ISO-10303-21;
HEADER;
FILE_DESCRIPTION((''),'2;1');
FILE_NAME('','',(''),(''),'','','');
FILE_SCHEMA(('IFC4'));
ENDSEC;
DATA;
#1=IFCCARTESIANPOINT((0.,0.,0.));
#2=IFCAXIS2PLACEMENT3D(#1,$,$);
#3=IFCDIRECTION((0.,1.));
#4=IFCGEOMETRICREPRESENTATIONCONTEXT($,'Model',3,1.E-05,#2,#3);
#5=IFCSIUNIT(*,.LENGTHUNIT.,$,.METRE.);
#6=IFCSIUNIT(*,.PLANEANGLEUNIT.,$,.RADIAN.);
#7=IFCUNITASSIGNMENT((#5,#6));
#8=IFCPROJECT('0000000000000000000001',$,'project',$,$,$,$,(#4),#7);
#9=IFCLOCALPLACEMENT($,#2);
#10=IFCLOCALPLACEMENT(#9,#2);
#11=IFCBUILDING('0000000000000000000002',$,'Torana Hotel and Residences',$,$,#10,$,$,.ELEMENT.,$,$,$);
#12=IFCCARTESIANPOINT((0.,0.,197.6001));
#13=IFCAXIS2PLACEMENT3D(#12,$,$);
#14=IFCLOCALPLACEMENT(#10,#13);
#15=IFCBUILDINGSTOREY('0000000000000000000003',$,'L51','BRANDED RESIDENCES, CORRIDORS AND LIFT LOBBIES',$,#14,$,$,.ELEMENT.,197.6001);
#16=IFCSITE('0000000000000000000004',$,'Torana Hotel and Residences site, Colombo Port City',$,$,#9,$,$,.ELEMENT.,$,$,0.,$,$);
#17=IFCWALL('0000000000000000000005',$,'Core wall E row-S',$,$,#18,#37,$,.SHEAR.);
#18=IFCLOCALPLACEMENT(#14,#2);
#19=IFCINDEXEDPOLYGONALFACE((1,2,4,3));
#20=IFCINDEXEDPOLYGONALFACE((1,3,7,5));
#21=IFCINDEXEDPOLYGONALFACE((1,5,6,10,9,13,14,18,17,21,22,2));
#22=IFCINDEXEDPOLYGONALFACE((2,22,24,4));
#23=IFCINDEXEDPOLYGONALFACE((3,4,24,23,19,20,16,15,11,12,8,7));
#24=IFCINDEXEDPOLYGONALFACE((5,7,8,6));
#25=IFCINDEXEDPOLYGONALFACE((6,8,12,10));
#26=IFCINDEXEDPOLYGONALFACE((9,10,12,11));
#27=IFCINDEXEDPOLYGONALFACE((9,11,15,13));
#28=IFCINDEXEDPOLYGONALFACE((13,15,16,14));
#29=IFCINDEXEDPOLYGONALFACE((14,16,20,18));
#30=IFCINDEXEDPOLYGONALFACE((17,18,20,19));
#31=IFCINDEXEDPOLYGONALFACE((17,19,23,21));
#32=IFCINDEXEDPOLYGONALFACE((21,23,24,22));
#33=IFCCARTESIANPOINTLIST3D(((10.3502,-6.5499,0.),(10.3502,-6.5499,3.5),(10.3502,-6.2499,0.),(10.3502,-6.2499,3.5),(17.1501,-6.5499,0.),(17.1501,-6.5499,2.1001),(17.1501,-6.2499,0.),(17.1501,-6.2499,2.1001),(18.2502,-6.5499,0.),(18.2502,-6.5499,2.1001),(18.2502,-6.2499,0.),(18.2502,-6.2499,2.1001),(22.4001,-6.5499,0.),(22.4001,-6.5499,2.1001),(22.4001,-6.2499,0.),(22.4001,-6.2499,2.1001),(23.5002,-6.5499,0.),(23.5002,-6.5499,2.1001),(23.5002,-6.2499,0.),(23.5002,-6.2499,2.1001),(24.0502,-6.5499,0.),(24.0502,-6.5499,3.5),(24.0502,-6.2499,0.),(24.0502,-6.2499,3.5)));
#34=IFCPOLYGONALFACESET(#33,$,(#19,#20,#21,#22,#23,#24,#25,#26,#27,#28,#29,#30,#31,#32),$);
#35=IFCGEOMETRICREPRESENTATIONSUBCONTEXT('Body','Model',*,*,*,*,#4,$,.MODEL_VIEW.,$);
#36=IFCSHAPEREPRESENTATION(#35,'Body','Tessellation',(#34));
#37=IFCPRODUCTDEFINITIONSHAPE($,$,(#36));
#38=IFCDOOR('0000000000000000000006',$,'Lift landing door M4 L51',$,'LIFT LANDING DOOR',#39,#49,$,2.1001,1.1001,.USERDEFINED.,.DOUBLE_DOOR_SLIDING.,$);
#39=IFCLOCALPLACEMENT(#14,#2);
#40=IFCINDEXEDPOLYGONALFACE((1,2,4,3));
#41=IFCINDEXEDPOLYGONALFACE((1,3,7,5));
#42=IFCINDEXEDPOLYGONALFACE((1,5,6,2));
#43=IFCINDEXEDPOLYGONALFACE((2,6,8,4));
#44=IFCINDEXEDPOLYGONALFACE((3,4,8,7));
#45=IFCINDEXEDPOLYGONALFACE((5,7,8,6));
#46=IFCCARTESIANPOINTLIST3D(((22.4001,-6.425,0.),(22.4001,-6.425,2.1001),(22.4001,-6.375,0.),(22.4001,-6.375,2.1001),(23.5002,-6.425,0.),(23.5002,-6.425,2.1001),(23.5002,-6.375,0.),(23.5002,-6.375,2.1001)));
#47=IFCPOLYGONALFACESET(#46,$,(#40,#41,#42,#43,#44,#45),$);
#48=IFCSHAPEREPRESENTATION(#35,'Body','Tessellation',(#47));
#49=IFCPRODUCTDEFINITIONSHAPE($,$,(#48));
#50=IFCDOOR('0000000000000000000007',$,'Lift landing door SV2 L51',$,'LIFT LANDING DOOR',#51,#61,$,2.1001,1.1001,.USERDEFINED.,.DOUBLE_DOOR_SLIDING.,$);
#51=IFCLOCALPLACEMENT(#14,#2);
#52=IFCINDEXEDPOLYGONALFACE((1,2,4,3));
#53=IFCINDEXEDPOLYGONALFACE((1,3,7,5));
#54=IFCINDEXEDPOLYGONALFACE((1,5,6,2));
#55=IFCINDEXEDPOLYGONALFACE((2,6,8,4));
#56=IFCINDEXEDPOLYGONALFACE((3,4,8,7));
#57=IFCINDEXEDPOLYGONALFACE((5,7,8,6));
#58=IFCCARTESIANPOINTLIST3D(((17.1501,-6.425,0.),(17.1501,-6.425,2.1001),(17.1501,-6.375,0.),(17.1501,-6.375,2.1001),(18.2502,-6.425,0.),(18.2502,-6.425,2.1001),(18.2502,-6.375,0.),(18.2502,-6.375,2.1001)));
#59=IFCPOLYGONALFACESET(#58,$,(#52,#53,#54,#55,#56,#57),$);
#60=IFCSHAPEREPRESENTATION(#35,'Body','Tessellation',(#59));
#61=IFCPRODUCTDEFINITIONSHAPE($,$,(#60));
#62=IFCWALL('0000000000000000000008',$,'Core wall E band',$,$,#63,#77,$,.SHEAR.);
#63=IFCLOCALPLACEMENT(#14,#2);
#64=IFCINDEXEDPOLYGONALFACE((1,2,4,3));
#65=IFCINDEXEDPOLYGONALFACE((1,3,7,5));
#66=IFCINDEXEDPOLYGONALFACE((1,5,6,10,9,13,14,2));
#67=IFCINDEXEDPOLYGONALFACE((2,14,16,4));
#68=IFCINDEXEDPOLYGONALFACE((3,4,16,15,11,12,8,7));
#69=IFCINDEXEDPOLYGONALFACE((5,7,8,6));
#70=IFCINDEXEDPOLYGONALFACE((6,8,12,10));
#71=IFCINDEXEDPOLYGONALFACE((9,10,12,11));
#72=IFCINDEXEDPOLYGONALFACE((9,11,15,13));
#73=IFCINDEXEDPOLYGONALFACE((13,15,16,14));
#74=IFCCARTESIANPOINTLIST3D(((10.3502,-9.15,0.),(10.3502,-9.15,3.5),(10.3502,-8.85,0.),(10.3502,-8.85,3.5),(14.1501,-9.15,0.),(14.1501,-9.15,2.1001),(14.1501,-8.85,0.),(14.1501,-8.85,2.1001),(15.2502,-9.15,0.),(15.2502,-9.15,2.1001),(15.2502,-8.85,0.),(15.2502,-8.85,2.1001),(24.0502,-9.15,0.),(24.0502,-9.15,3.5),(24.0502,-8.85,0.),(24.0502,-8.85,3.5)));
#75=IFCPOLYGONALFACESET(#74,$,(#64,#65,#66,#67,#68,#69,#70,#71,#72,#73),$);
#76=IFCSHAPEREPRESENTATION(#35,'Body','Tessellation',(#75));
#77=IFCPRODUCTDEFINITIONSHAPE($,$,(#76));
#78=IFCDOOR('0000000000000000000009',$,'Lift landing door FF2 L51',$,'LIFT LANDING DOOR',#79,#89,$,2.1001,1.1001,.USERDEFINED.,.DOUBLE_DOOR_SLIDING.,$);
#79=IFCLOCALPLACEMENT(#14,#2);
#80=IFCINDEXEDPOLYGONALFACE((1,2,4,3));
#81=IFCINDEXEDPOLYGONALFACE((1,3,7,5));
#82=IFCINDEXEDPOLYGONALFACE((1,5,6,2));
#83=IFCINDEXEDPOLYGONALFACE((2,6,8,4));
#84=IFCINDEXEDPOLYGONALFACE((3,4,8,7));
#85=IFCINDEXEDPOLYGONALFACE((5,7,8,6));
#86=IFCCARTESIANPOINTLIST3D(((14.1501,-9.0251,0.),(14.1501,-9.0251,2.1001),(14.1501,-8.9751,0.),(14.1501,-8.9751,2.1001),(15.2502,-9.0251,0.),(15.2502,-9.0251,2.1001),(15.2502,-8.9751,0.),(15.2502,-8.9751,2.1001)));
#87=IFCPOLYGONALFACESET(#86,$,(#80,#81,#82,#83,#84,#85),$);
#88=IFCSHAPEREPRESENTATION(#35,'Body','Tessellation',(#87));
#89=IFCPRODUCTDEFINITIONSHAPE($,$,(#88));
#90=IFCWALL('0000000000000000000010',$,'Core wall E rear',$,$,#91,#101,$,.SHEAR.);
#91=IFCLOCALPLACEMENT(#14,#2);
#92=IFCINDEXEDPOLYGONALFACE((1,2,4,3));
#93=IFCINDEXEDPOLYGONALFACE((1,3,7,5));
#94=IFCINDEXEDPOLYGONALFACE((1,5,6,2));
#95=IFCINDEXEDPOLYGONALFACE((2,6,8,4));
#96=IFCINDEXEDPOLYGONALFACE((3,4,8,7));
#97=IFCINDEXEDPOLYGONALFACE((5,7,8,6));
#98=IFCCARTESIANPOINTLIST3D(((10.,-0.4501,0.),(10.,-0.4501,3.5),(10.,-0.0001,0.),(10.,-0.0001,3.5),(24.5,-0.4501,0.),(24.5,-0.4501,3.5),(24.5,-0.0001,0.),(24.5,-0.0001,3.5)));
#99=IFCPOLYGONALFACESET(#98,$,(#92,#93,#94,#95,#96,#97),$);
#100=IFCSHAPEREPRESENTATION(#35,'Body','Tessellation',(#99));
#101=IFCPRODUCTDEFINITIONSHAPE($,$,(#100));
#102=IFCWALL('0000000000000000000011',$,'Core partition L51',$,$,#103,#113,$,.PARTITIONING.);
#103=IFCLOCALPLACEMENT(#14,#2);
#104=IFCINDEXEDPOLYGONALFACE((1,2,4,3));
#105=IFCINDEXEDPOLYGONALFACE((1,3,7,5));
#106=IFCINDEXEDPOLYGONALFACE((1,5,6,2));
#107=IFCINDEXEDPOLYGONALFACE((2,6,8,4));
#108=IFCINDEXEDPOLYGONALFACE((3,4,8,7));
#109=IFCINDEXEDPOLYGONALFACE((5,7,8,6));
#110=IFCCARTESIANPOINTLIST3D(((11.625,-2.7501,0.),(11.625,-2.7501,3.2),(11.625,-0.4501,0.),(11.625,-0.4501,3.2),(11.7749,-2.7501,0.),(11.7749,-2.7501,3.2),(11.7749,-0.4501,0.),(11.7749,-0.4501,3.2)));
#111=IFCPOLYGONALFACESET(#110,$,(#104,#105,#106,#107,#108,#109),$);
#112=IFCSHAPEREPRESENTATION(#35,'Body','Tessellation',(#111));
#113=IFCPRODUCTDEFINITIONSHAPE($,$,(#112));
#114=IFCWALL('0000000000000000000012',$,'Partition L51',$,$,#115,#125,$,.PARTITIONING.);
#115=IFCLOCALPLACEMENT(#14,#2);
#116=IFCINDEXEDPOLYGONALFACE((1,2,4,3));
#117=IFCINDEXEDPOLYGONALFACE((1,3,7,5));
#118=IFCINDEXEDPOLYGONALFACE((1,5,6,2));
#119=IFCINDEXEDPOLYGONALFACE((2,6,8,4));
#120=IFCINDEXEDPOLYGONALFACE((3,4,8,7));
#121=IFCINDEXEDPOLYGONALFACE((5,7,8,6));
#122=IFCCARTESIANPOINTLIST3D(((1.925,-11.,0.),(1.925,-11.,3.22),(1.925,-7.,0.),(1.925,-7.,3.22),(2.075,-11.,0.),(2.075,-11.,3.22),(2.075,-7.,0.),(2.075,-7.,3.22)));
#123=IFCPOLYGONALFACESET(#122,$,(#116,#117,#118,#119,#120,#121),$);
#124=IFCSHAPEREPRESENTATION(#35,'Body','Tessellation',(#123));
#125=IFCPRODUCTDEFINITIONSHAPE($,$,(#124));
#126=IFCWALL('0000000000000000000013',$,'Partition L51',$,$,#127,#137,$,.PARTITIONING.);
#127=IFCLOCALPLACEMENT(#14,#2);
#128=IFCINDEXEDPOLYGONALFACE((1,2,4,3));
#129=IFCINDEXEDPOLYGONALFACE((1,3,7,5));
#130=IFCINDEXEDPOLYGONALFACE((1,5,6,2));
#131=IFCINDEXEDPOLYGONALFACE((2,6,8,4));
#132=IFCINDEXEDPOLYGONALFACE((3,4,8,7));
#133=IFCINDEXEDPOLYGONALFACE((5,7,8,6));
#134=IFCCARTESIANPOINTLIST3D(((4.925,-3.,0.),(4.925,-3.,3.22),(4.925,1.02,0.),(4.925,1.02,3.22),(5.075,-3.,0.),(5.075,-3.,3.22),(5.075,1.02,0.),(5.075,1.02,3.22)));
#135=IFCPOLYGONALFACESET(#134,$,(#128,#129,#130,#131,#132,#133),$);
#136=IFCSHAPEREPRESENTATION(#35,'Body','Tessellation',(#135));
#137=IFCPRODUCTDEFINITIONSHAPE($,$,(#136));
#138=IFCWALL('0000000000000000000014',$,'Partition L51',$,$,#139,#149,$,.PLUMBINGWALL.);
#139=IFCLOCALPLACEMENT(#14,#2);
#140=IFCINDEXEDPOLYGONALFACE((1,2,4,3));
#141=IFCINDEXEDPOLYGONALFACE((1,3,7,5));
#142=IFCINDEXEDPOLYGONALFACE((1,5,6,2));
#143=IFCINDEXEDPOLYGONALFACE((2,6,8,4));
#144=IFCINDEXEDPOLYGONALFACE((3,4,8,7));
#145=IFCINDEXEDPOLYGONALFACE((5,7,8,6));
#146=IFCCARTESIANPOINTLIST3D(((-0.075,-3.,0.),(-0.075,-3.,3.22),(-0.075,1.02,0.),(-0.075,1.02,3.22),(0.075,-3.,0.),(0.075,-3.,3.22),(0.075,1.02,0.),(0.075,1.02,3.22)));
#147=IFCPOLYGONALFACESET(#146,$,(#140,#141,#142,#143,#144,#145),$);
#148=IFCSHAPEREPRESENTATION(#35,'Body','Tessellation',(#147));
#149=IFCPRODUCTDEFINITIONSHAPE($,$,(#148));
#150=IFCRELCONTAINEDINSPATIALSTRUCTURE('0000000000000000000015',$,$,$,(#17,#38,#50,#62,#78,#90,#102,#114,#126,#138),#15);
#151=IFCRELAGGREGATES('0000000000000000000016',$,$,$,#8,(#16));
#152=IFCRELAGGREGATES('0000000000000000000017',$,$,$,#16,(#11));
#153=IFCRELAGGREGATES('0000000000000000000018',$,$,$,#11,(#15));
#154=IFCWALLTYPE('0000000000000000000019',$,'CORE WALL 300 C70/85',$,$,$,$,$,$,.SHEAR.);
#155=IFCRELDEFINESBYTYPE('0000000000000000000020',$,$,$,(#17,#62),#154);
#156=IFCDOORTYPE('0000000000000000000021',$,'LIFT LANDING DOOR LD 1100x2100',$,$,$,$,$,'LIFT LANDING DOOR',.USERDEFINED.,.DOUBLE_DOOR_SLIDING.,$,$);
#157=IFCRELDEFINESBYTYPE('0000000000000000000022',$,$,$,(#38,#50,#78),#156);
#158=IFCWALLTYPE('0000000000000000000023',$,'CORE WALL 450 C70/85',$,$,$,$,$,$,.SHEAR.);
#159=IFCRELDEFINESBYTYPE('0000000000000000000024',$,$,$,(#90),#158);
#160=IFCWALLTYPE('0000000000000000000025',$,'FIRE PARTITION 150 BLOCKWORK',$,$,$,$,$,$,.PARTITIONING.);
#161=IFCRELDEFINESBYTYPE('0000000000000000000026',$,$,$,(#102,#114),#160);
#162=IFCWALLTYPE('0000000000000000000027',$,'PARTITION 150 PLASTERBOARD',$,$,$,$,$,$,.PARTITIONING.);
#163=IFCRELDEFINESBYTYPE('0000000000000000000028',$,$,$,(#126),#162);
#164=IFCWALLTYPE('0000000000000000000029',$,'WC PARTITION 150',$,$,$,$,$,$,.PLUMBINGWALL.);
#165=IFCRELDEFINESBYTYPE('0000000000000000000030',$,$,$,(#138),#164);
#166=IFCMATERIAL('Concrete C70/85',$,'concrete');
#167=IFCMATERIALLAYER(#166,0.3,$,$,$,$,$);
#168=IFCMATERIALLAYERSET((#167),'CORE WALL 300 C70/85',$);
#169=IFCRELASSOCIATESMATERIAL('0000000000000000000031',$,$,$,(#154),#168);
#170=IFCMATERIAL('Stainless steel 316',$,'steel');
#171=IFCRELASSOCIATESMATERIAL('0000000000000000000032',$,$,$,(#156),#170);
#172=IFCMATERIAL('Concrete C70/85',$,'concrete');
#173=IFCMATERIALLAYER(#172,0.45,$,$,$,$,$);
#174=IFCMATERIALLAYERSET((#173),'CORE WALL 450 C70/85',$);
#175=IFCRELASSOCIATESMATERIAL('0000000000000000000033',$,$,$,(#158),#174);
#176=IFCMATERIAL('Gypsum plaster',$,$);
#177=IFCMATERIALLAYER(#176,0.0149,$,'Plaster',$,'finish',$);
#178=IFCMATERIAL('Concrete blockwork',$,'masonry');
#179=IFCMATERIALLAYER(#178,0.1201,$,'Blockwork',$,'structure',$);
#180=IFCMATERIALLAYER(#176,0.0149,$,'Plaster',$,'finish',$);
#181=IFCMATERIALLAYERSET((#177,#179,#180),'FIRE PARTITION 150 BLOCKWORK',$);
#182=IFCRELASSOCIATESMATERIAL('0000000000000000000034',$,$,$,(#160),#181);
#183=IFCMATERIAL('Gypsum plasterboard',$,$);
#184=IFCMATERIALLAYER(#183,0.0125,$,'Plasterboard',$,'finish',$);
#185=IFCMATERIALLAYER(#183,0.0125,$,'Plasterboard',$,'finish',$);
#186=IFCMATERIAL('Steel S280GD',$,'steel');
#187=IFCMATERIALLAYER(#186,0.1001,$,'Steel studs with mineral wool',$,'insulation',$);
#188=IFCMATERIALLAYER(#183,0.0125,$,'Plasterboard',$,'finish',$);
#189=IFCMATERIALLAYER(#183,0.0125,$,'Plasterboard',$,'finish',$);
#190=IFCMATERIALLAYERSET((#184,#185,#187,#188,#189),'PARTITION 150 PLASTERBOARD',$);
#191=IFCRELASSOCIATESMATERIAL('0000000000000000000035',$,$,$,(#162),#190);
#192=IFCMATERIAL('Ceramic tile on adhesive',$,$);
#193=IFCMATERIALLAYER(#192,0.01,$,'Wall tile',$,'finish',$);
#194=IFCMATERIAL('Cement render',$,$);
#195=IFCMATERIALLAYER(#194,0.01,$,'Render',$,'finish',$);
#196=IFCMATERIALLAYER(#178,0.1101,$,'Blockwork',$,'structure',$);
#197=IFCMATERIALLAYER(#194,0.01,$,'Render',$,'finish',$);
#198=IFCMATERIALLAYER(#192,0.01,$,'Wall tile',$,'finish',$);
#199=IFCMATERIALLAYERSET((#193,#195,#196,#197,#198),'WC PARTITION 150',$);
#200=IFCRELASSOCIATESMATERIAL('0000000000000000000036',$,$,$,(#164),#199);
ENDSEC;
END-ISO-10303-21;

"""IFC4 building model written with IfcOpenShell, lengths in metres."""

from ifc_helpers import new_model, si_unit, direction, frame, frame_2d, origin, place, context, subcontext, project, spatial, rectangle, extrude, material, layer, layer_set, type_object, element, fill, save


model = new_model("IFC4")

# Units and contexts
model_context = context("Model", 3, precision=1e-05, world=origin(), true_north=direction((0.0, 1.0)))
body_context = subcontext(model_context, "Body", "Model", "MODEL_VIEW")
ifc_project = project(units=[si_unit("LENGTHUNIT", "METRE"), si_unit("PLANEANGLEUNIT", "RADIAN")], contexts=[model_context])

# Site, building, storey
site_placement = place(None, origin())
site = spatial("IfcSite", under=ifc_project, at=site_placement, Name="Torana Hotel and Residences site, Colombo Port City", CompositionType="ELEMENT", RefElevation=0.0)
building_placement = place(site_placement, origin())
building = spatial("IfcBuilding", under=site, at=building_placement, Name="Torana Hotel and Residences", CompositionType="ELEMENT")
storey_placement = place(building_placement, frame((0.0, 0.0, 197.6001)))
storey = spatial("IfcBuildingStorey", under=building, at=storey_placement, Name="L51", Description="BRANDED RESIDENCES, CORRIDORS AND LIFT LOBBIES", CompositionType="ELEMENT", Elevation=197.6001)

# Wall, openings, doors
ifc_material_1 = material(Name="Concrete C70/85", Category="concrete")
ifc_layer_1 = layer(ifc_material_1, 0.3)
ifc_layer_set_1 = layer_set([ifc_layer_1], Name="CORE WALL 300 C70/85")
wall_type_1 = type_object("IfcWallType", Name="CORE WALL 300 C70/85", PredefinedType="SHEAR", material=ifc_layer_set_1)
ifc_material_2 = material(Name="Stainless steel 316", Category="steel")
door_type_1 = type_object("IfcDoorType", Name="LIFT LANDING DOOR LD 1100x2100", ElementType="LIFT LANDING DOOR", OperationType="DOUBLE_DOOR_SLIDING", PredefinedType="USERDEFINED", material=ifc_material_2)
wall_1_placement = place(storey_placement, frame((10.3501, -6.3999, 0.0), z_axis=(0.0, 0.0, 1.0), x_axis=(1.0, 0.0, 0.0)))
wall_1 = element("IfcWall", 1, at=wall_1_placement, inside=storey, type_object=wall_type_1, Name="Core wall E row-S", PredefinedType="SHEAR", context=body_context, shape_type="SweptSolid", body=[
    extrude(rectangle(XDim=13.7, YDim=0.3, at=frame_2d((6.8501, 0.0))), origin(), (0.0, 0.0, 1.0), 3.5),
])
opening_1_placement = place(wall_1_placement, frame((12.05, 0.0, 0.0)))
opening_1 = element("IfcOpeningElement", 2, at=opening_1_placement, cuts=wall_1, PredefinedType="OPENING", context=body_context, shape_type="SweptSolid", body=[
    extrude(rectangle(XDim=1.1001, YDim=2.1001, at=frame_2d((0.55, 1.05))), frame((0.0, 0.1599, 0.0), z_axis=(0.0, -1.0, 0.0), x_axis=(1.0, 0.0, 0.0)), (0.0, 0.0, 1.0), 0.3201),
])
opening_2_placement = place(wall_1_placement, frame((6.8, 0.0, 0.0)))
opening_2 = element("IfcOpeningElement", 3, at=opening_2_placement, cuts=wall_1, PredefinedType="OPENING", context=body_context, shape_type="SweptSolid", body=[
    extrude(rectangle(XDim=1.1001, YDim=2.1001, at=frame_2d((0.55, 1.05))), frame((0.0, 0.1599, 0.0), z_axis=(0.0, -1.0, 0.0), x_axis=(1.0, 0.0, 0.0)), (0.0, 0.0, 1.0), 0.3201),
])
door_1_placement = place(opening_1_placement, origin())
door_1 = element("IfcDoor", 4, at=door_1_placement, inside=storey, type_object=door_type_1, Name="Lift landing door M4 L51", ObjectType="LIFT LANDING DOOR", OperationType="DOUBLE_DOOR_SLIDING", OverallHeight=2.1001, OverallWidth=1.1001, PredefinedType="USERDEFINED", context=body_context, shape_type="SweptSolid", body=[
    extrude(rectangle(XDim=1.1001, YDim=2.1001, at=frame_2d((0.55, 1.05))), frame((0.0, 0.0249, 0.0), z_axis=(0.0, -1.0, 0.0), x_axis=(1.0, 0.0, 0.0)), (0.0, 0.0, 1.0), 0.05),
])
fill(opening_1, door_1)
door_2_placement = place(opening_2_placement, origin())
door_2 = element("IfcDoor", 5, at=door_2_placement, inside=storey, type_object=door_type_1, Name="Lift landing door SV2 L51", ObjectType="LIFT LANDING DOOR", OperationType="DOUBLE_DOOR_SLIDING", OverallHeight=2.1001, OverallWidth=1.1001, PredefinedType="USERDEFINED", context=body_context, shape_type="SweptSolid", body=[
    extrude(rectangle(XDim=1.1001, YDim=2.1001, at=frame_2d((0.55, 1.05))), frame((0.0, 0.0249, 0.0), z_axis=(0.0, -1.0, 0.0), x_axis=(1.0, 0.0, 0.0)), (0.0, 0.0, 1.0), 0.05),
])
fill(opening_2, door_2)

# Wall, opening, door
wall_2_placement = place(storey_placement, frame((10.3501, -9.0, 0.0), z_axis=(0.0, 0.0, 1.0), x_axis=(1.0, 0.0, 0.0)))
wall_2 = element("IfcWall", 6, at=wall_2_placement, inside=storey, type_object=wall_type_1, Name="Core wall E band", PredefinedType="SHEAR", context=body_context, shape_type="SweptSolid", body=[
    extrude(rectangle(XDim=13.7, YDim=0.3, at=frame_2d((6.8501, 0.0))), origin(), (0.0, 0.0, 1.0), 3.5),
])
opening_3_placement = place(wall_2_placement, frame((3.8, 0.0, 0.0)))
opening_3 = element("IfcOpeningElement", 7, at=opening_3_placement, cuts=wall_2, PredefinedType="OPENING", context=body_context, shape_type="SweptSolid", body=[
    extrude(rectangle(XDim=1.1001, YDim=2.1001, at=frame_2d((0.55, 1.05))), frame((0.0, 0.1599, 0.0), z_axis=(0.0, -1.0, 0.0), x_axis=(1.0, 0.0, 0.0)), (0.0, 0.0, 1.0), 0.3201),
])
door_3_placement = place(opening_3_placement, origin())
door_3 = element("IfcDoor", 8, at=door_3_placement, inside=storey, type_object=door_type_1, Name="Lift landing door FF2 L51", ObjectType="LIFT LANDING DOOR", OperationType="DOUBLE_DOOR_SLIDING", OverallHeight=2.1001, OverallWidth=1.1001, PredefinedType="USERDEFINED", context=body_context, shape_type="SweptSolid", body=[
    extrude(rectangle(XDim=1.1001, YDim=2.1001, at=frame_2d((0.55, 1.05))), frame((0.0, 0.0249, 0.0), z_axis=(0.0, -1.0, 0.0), x_axis=(1.0, 0.0, 0.0)), (0.0, 0.0, 1.0), 0.05),
])
fill(opening_3, door_3)

# Walls
ifc_material_3 = material(Name="Concrete C70/85", Category="concrete")
ifc_layer_2 = layer(ifc_material_3, 0.45)
ifc_layer_set_2 = layer_set([ifc_layer_2], Name="CORE WALL 450 C70/85")
wall_type_2 = type_object("IfcWallType", Name="CORE WALL 450 C70/85", PredefinedType="SHEAR", material=ifc_layer_set_2)
wall_3_placement = place(storey_placement, frame((10.0, -0.2251, 0.0), z_axis=(0.0, 0.0, 1.0), x_axis=(1.0, 0.0, 0.0)))
element("IfcWall", 9, at=wall_3_placement, inside=storey, type_object=wall_type_2, Name="Core wall E rear", PredefinedType="SHEAR", context=body_context, shape_type="SweptSolid", body=[
    extrude(rectangle(XDim=14.5, YDim=0.45, at=frame_2d((7.25, 0.0))), origin(), (0.0, 0.0, 1.0), 3.5),
])
ifc_material_4 = material(Name="Gypsum plaster")
ifc_layer_3 = layer(ifc_material_4, 0.0149, Name="Plaster", Category="finish")
ifc_material_5 = material(Name="Concrete blockwork", Category="masonry")
ifc_layer_4 = layer(ifc_material_5, 0.1201, Name="Blockwork", Category="structure")
ifc_layer_5 = layer(ifc_material_4, 0.0149, Name="Plaster", Category="finish")
ifc_layer_set_3 = layer_set([ifc_layer_3, ifc_layer_4, ifc_layer_5], Name="FIRE PARTITION 150 BLOCKWORK")
wall_type_3 = type_object("IfcWallType", Name="FIRE PARTITION 150 BLOCKWORK", PredefinedType="PARTITIONING", material=ifc_layer_set_3)
wall_4_placement = place(storey_placement, frame((11.7, -2.75, 0.0), z_axis=(0.0, 0.0, 1.0), x_axis=(0.0, 1.0, 0.0)))
element("IfcWall", 10, at=wall_4_placement, inside=storey, type_object=wall_type_3, Name="Core partition L51", PredefinedType="PARTITIONING", context=body_context, shape_type="SweptSolid", body=[
    extrude(rectangle(XDim=2.3, YDim=0.1499, at=frame_2d((1.1499, 0.0))), origin(), (0.0, 0.0, 1.0), 3.2),
])
wall_5_placement = place(storey_placement, frame((2.0, -11.0, 0.0), z_axis=(0.0, 0.0, 1.0), x_axis=(0.0, 1.0, 0.0)))
element("IfcWall", 11, at=wall_5_placement, inside=storey, type_object=wall_type_3, Name="Partition L51", PredefinedType="PARTITIONING", context=body_context, shape_type="SweptSolid", body=[
    extrude(rectangle(XDim=4.0, YDim=0.1499, at=frame_2d((2.0, 0.0))), origin(), (0.0, 0.0, 1.0), 3.22),
])
ifc_material_6 = material(Name="Gypsum plasterboard")
ifc_layer_6 = layer(ifc_material_6, 0.0125, Name="Plasterboard", Category="finish")
ifc_layer_7 = layer(ifc_material_6, 0.0125, Name="Plasterboard", Category="finish")
ifc_material_7 = material(Name="Steel S280GD", Category="steel")
ifc_layer_8 = layer(ifc_material_7, 0.1001, Name="Steel studs with mineral wool", Category="insulation")
ifc_layer_9 = layer(ifc_material_6, 0.0125, Name="Plasterboard", Category="finish")
ifc_layer_10 = layer(ifc_material_6, 0.0125, Name="Plasterboard", Category="finish")
ifc_layer_set_4 = layer_set([ifc_layer_6, ifc_layer_7, ifc_layer_8, ifc_layer_9, ifc_layer_10], Name="PARTITION 150 PLASTERBOARD")
wall_type_4 = type_object("IfcWallType", Name="PARTITION 150 PLASTERBOARD", PredefinedType="PARTITIONING", material=ifc_layer_set_4)
wall_6_placement = place(storey_placement, frame((5.0, -3.0, 0.0), z_axis=(0.0, 0.0, 1.0), x_axis=(0.0, 1.0, 0.0)))
element("IfcWall", 12, at=wall_6_placement, inside=storey, type_object=wall_type_4, Name="Partition L51", PredefinedType="PARTITIONING", context=body_context, shape_type="SweptSolid", body=[
    extrude(rectangle(XDim=4.02, YDim=0.1499, at=frame_2d((2.01, 0.0))), origin(), (0.0, 0.0, 1.0), 3.22),
])
ifc_material_8 = material(Name="Ceramic tile on adhesive")
ifc_layer_11 = layer(ifc_material_8, 0.01, Name="Wall tile", Category="finish")
ifc_material_9 = material(Name="Cement render")
ifc_layer_12 = layer(ifc_material_9, 0.01, Name="Render", Category="finish")
ifc_layer_13 = layer(ifc_material_5, 0.1101, Name="Blockwork", Category="structure")
ifc_layer_14 = layer(ifc_material_9, 0.01, Name="Render", Category="finish")
ifc_layer_15 = layer(ifc_material_8, 0.01, Name="Wall tile", Category="finish")
ifc_layer_set_5 = layer_set([ifc_layer_11, ifc_layer_12, ifc_layer_13, ifc_layer_14, ifc_layer_15], Name="WC PARTITION 150")
wall_type_5 = type_object("IfcWallType", Name="WC PARTITION 150", PredefinedType="PLUMBINGWALL", material=ifc_layer_set_5)
wall_7_placement = place(storey_placement, frame((0.0, -3.0, 0.0), z_axis=(0.0, 0.0, 1.0), x_axis=(0.0, 1.0, 0.0)))
element("IfcWall", 13, at=wall_7_placement, inside=storey, type_object=wall_type_5, Name="Partition L51", PredefinedType="PLUMBINGWALL", context=body_context, shape_type="SweptSolid", body=[
    extrude(rectangle(XDim=4.02, YDim=0.1499, at=frame_2d((2.01, 0.0))), origin(), (0.0, 0.0, 1.0), 3.22),
])

save(model, "model.ifc")
